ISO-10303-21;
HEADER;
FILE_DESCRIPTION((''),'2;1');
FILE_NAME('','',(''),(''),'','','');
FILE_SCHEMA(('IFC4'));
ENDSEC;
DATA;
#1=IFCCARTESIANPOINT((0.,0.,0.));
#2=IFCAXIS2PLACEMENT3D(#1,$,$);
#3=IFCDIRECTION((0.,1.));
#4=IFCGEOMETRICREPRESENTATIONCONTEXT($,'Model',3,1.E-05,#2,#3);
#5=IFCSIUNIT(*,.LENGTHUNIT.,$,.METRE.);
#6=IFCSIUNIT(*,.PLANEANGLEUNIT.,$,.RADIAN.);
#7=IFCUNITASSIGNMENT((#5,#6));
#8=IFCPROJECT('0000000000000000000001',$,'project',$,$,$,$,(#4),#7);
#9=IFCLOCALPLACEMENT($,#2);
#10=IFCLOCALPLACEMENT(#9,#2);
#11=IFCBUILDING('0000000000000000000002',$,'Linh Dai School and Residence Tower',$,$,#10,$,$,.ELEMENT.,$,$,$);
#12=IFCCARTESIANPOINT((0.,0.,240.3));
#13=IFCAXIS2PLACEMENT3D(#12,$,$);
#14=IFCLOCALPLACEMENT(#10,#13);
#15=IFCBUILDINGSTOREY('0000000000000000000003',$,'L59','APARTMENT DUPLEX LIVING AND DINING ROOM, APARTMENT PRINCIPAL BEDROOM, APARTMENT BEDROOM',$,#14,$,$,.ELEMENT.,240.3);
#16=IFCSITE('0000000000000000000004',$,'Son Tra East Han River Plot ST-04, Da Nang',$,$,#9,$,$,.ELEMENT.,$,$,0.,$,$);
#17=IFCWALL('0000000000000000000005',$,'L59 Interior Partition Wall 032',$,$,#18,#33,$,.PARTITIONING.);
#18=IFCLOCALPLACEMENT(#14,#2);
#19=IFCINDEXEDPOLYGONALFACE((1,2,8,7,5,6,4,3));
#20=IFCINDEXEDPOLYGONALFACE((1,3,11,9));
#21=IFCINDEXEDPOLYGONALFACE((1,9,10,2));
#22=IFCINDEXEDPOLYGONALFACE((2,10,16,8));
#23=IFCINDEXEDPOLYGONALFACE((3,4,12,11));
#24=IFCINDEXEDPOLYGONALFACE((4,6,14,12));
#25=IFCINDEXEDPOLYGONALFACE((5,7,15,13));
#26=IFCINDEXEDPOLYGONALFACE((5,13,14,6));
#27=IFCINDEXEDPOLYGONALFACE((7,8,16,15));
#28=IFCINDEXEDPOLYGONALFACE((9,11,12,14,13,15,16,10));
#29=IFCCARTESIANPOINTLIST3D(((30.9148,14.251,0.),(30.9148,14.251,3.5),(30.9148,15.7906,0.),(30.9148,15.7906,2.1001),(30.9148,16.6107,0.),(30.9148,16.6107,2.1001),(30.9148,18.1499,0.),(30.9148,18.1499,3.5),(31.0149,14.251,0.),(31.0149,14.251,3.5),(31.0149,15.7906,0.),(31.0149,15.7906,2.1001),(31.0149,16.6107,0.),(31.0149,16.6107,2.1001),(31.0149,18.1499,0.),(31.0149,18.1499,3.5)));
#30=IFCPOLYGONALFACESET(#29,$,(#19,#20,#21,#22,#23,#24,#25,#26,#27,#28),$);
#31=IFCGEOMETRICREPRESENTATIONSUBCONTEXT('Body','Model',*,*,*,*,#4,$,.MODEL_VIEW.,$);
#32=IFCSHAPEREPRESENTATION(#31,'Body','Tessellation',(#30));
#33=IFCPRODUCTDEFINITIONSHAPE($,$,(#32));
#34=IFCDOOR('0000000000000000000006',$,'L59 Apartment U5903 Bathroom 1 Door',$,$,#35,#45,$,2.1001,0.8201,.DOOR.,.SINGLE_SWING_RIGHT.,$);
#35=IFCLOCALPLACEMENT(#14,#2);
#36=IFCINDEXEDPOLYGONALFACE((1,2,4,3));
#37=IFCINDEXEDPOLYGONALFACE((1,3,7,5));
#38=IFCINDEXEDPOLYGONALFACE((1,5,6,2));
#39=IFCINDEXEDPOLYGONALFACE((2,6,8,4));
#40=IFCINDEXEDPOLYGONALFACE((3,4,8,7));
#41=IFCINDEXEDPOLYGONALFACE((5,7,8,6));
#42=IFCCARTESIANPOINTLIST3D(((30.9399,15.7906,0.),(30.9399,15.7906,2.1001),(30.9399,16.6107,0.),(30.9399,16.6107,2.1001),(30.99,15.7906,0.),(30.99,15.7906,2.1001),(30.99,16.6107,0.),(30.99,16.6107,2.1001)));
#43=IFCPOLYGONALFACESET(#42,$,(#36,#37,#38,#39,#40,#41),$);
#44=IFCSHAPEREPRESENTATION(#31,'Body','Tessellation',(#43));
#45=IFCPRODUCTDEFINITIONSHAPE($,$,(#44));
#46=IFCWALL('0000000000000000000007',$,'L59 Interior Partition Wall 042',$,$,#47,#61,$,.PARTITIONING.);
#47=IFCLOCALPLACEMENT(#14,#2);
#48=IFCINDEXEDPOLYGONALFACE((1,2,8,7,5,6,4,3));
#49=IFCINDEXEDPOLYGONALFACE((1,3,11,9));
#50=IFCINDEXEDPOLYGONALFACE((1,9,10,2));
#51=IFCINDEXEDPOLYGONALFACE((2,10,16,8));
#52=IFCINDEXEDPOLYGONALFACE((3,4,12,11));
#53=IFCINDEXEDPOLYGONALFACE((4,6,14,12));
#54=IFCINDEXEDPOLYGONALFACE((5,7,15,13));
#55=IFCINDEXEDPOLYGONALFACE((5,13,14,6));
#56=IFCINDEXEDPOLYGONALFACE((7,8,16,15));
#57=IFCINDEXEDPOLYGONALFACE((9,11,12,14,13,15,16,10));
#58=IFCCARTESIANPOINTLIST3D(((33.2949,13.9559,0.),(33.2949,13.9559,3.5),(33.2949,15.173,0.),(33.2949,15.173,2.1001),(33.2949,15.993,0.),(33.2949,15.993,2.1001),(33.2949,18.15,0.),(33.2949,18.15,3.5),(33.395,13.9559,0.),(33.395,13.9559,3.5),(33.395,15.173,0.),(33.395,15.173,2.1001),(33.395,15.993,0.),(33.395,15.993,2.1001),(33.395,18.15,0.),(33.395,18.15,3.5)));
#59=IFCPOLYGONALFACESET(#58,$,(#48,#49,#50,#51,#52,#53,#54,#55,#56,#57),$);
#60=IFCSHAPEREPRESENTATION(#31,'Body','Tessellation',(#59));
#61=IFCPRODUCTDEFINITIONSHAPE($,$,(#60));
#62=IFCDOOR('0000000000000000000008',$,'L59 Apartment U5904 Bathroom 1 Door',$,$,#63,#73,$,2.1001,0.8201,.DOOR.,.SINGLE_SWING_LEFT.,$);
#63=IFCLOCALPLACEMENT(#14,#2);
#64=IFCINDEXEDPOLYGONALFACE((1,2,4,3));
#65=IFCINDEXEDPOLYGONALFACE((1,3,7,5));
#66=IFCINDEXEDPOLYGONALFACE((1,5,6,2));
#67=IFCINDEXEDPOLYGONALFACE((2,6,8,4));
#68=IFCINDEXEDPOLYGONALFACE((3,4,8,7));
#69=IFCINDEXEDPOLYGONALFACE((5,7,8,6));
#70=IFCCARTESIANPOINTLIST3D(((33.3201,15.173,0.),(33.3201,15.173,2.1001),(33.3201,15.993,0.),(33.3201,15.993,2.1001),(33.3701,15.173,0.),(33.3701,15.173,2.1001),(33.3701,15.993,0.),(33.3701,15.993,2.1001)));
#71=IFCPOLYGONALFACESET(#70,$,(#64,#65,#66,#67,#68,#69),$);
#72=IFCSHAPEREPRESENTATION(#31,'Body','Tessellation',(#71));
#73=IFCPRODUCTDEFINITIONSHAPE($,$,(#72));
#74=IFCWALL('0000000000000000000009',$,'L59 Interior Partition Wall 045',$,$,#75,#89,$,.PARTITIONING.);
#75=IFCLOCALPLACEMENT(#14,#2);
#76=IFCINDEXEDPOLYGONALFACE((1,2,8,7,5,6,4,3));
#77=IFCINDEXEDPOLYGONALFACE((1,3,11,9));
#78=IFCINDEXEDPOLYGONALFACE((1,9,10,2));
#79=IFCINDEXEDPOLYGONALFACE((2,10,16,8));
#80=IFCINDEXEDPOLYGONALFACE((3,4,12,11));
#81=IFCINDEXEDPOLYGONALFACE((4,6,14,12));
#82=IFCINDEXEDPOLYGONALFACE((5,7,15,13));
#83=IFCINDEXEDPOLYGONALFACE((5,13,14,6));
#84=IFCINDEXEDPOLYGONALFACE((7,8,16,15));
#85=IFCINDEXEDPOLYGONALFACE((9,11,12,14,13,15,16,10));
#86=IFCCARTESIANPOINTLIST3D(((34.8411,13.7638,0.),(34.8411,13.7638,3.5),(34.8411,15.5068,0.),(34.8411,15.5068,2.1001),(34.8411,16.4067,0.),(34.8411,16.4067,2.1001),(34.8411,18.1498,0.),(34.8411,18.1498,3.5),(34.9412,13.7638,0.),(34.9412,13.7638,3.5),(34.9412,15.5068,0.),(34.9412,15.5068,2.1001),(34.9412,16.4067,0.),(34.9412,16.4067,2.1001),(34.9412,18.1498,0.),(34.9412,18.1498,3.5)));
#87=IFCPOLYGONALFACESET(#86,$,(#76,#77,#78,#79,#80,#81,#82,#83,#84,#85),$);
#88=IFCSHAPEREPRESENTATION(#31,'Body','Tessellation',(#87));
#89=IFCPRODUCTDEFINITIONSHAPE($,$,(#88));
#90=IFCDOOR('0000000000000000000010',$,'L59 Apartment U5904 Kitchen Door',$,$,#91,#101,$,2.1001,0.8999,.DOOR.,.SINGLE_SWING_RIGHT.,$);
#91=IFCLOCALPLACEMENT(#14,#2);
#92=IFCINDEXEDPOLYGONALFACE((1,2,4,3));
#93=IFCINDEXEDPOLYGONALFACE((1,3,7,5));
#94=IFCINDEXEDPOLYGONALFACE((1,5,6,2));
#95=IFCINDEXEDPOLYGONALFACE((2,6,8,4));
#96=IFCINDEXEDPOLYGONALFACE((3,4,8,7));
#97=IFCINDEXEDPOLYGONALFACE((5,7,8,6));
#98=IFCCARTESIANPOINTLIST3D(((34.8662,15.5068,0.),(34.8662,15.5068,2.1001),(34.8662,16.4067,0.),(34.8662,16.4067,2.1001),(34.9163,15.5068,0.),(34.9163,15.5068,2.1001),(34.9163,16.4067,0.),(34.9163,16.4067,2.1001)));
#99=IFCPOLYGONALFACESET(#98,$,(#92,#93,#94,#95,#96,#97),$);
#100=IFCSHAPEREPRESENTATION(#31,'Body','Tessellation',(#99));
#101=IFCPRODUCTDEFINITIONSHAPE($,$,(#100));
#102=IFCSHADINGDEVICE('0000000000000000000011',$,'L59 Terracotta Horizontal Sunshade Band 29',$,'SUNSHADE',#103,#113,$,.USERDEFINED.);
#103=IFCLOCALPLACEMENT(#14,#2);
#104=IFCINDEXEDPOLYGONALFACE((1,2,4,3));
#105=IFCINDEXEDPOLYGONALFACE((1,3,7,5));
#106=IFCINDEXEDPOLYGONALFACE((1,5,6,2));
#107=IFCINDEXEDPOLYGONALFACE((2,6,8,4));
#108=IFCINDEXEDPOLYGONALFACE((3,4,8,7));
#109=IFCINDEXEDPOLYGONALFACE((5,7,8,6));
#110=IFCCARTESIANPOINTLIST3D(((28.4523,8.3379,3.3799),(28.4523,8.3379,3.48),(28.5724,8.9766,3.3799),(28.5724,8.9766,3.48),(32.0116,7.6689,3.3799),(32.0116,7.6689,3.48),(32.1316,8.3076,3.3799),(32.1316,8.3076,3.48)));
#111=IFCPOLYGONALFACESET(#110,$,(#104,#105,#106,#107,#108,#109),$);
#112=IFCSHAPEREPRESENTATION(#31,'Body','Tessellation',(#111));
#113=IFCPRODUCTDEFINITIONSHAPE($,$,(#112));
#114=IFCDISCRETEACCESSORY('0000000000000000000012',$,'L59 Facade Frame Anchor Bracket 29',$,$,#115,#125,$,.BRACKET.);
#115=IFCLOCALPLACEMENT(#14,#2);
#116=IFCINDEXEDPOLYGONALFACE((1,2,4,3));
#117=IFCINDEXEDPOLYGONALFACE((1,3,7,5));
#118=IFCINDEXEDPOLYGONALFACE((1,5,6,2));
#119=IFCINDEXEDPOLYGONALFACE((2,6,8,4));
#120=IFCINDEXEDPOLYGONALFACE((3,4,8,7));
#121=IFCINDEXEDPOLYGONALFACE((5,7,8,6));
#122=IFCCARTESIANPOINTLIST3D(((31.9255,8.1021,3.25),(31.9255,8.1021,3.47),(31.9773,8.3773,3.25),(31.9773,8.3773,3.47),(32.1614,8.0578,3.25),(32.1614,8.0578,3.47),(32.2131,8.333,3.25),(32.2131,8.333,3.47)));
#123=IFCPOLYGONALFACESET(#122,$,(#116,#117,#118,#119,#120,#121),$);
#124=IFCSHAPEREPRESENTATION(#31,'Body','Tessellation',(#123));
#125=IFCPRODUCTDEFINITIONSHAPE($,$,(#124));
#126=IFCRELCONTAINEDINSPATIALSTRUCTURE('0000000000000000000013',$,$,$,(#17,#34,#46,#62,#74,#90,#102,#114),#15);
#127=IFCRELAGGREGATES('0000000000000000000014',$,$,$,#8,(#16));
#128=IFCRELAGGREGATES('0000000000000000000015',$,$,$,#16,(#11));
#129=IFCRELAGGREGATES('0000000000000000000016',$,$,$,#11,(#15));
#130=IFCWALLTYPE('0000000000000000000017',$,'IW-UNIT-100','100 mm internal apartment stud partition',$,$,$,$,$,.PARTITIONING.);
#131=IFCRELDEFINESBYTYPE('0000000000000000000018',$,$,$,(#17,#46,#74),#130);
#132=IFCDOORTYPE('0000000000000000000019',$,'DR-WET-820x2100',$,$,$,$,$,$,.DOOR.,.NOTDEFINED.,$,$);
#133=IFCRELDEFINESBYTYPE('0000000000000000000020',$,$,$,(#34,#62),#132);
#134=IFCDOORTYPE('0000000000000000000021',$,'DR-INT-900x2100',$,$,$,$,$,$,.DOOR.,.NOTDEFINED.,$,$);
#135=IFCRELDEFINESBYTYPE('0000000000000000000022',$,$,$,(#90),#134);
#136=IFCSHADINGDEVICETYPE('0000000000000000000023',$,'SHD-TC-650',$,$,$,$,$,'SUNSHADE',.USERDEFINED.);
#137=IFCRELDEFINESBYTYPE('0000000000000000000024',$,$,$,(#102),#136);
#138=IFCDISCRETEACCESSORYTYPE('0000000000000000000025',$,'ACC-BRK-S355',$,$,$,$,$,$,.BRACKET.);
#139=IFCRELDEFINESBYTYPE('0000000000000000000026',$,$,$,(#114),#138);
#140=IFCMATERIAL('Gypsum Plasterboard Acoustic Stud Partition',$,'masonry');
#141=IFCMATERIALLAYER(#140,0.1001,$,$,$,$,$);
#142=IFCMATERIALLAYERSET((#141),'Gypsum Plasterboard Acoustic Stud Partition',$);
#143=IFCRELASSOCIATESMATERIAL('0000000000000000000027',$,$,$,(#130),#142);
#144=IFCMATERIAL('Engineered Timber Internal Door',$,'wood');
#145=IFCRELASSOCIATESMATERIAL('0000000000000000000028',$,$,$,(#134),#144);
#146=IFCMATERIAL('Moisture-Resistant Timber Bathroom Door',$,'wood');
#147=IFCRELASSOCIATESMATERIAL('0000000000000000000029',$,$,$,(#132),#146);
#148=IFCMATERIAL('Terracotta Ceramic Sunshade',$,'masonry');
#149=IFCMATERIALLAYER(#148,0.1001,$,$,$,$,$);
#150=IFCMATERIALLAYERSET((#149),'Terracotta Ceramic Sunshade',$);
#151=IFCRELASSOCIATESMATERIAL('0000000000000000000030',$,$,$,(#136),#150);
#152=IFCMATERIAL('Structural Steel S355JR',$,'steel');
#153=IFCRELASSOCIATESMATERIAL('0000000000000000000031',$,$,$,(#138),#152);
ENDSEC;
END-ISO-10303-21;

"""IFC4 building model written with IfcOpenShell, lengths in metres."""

from ifc_helpers import new_model, si_unit, direction, frame, frame_2d, origin, origin_2d, place, context, subcontext, project, spatial, rectangle, extrude, source, transform, mapped, material, layer, layer_set, type_object, element, fill, save


model = new_model("IFC4")

# Units and contexts
model_context = context("Model", 3, precision=1e-05, world=origin(), true_north=direction((0.0, 1.0)))
body_context = subcontext(model_context, "Body", "Model", "MODEL_VIEW")
ifc_project = project(units=[si_unit("LENGTHUNIT", "METRE"), si_unit("PLANEANGLEUNIT", "RADIAN")], contexts=[model_context])

# Site, building, storey
site_placement = place(None, origin())
site = spatial("IfcSite", under=ifc_project, at=site_placement, Name="Son Tra East Han River Plot ST-04, Da Nang", CompositionType="ELEMENT", RefElevation=0.0)
building_placement = place(site_placement, origin())
building = spatial("IfcBuilding", under=site, at=building_placement, Name="Linh Dai School and Residence Tower", CompositionType="ELEMENT")
storey_placement = place(building_placement, frame((0.0, 0.0, 240.3)))
storey = spatial("IfcBuildingStorey", under=building, at=storey_placement, Name="L59", Description="APARTMENT DUPLEX LIVING AND DINING ROOM, APARTMENT PRINCIPAL BEDROOM, APARTMENT BEDROOM", CompositionType="ELEMENT", Elevation=240.3)

# Shared definitions
ifc_material_1 = material(Name="Structural Steel S355JR", Category="steel")

# Shared definitions
ifc_material_2 = material(Name="Gypsum Plasterboard Acoustic Stud Partition", Category="masonry")
ifc_layer_1 = layer(ifc_material_2, 0.1001)
ifc_layer_set_1 = layer_set([ifc_layer_1], Name="Gypsum Plasterboard Acoustic Stud Partition")
wall_type_1 = type_object("IfcWallType", Name="IW-UNIT-100", Description="100 mm internal apartment stud partition", PredefinedType="PARTITIONING", material=ifc_layer_set_1)

# Shared definitions
ifc_material_3 = material(Name="Engineered Timber Internal Door", Category="wood")
door_type_1 = type_object("IfcDoorType", Name="DR-INT-900x2100", OperationType="NOTDEFINED", PredefinedType="DOOR", material=ifc_material_3)
shared_shape_1 = source(origin(), body_context, "Body", "SweptSolid", [
    extrude(rectangle(XDim=0.8999, YDim=2.1001, at=origin_2d()), frame((0.45, 0.0249, 1.05), z_axis=(0.0, -1.0, 0.0), x_axis=(1.0, 0.0, 0.0)), (0.0, 0.0, 1.0), 0.05),
])

# Walls, openings, doors
wall_1_placement = place(storey_placement, frame((30.9648, 14.251, 0.0), z_axis=(0.0, 0.0, 1.0), x_axis=(0.0, 1.0, 0.0)))
wall_1 = element("IfcWall", 1, at=wall_1_placement, inside=storey, type_object=wall_type_1, Name="L59 Interior Partition Wall 032", PredefinedType="PARTITIONING", context=body_context, shape_type="SweptSolid", body=[
    extrude(rectangle(XDim=3.8989, YDim=0.1001, at=frame_2d((1.9495, 0.0))), origin(), (0.0, 0.0, 1.0), 3.5),
])
opening_1_placement = place(wall_1_placement, frame((1.5396, 0.0, 0.0)))
opening_1 = element("IfcOpeningElement", 2, at=opening_1_placement, cuts=wall_1, PredefinedType="OPENING", context=body_context, shape_type="SweptSolid", body=[
    extrude(rectangle(XDim=0.8201, YDim=2.1001, at=origin_2d()), frame((0.4102, 0.0601, 1.05), z_axis=(0.0, -1.0, 0.0), x_axis=(1.0, 0.0, 0.0)), (0.0, 0.0, 1.0), 0.1201),
])
ifc_material_4 = material(Name="Moisture-Resistant Timber Bathroom Door", Category="wood")
door_type_2 = type_object("IfcDoorType", Name="DR-WET-820x2100", OperationType="NOTDEFINED", PredefinedType="DOOR", material=ifc_material_4)
shared_shape_2 = source(origin(), body_context, "Body", "SweptSolid", [
    extrude(rectangle(XDim=0.8201, YDim=2.1001, at=origin_2d()), frame((0.4102, 0.0249, 1.05), z_axis=(0.0, -1.0, 0.0), x_axis=(1.0, 0.0, 0.0)), (0.0, 0.0, 1.0), 0.05),
])
door_1_placement = place(opening_1_placement, origin())
door_1 = element("IfcDoor", 3, at=door_1_placement, inside=storey, type_object=door_type_2, Name="L59 Apartment U5903 Bathroom 1 Door", OperationType="SINGLE_SWING_RIGHT", OverallHeight=2.1001, OverallWidth=0.8201, PredefinedType="DOOR", context=body_context, shape_type="MappedRepresentation", body=[
    mapped(shared_shape_2, transform((0.0, 0.0, 0.0), x_axis=(1.0, 0.0, 0.0), y_axis=(0.0, 1.0, 0.0), z_axis=(0.0, 0.0, 1.0), scale=1.0)),
])
fill(opening_1, door_1)
wall_2_placement = place(storey_placement, frame((33.345, 13.9558, 0.0), z_axis=(0.0, 0.0, 1.0), x_axis=(0.0, 1.0, 0.0)))
wall_2 = element("IfcWall", 4, at=wall_2_placement, inside=storey, type_object=wall_type_1, Name="L59 Interior Partition Wall 042", PredefinedType="PARTITIONING", context=body_context, shape_type="SweptSolid", body=[
    extrude(rectangle(XDim=4.1941, YDim=0.1001, at=frame_2d((2.0972, 0.0))), origin(), (0.0, 0.0, 1.0), 3.5),
])
opening_2_placement = place(wall_2_placement, frame((1.217, 0.0, 0.0)))
opening_2 = element("IfcOpeningElement", 5, at=opening_2_placement, cuts=wall_2, PredefinedType="OPENING", context=body_context, shape_type="SweptSolid", body=[
    extrude(rectangle(XDim=0.8201, YDim=2.1001, at=origin_2d()), frame((0.4102, 0.0601, 1.05), z_axis=(0.0, -1.0, 0.0), x_axis=(1.0, 0.0, 0.0)), (0.0, 0.0, 1.0), 0.1201),
])
door_2_placement = place(opening_2_placement, origin())
door_2 = element("IfcDoor", 6, at=door_2_placement, inside=storey, type_object=door_type_2, Name="L59 Apartment U5904 Bathroom 1 Door", OperationType="SINGLE_SWING_LEFT", OverallHeight=2.1001, OverallWidth=0.8201, PredefinedType="DOOR", context=body_context, shape_type="MappedRepresentation", body=[
    mapped(shared_shape_2, transform((0.0, 0.0, 0.0), x_axis=(1.0, 0.0, 0.0), y_axis=(0.0, 1.0, 0.0), z_axis=(0.0, 0.0, 1.0), scale=1.0)),
])
fill(opening_2, door_2)
wall_3_placement = place(storey_placement, frame((34.8911, 13.7639, 0.0), z_axis=(0.0, 0.0, 1.0), x_axis=(0.0, 1.0, 0.0)))
wall_3 = element("IfcWall", 7, at=wall_3_placement, inside=storey, type_object=wall_type_1, Name="L59 Interior Partition Wall 045", PredefinedType="PARTITIONING", context=body_context, shape_type="SweptSolid", body=[
    extrude(rectangle(XDim=4.386, YDim=0.1001, at=frame_2d((2.1929, 0.0))), origin(), (0.0, 0.0, 1.0), 3.5),
])
opening_3_placement = place(wall_3_placement, frame((1.7429, 0.0, 0.0)))
opening_3 = element("IfcOpeningElement", 8, at=opening_3_placement, cuts=wall_3, PredefinedType="OPENING", context=body_context, shape_type="SweptSolid", body=[
    extrude(rectangle(XDim=0.8999, YDim=2.1001, at=origin_2d()), frame((0.45, 0.0601, 1.05), z_axis=(0.0, -1.0, 0.0), x_axis=(1.0, 0.0, 0.0)), (0.0, 0.0, 1.0), 0.1201),
])
door_3_placement = place(opening_3_placement, origin())
door_3 = element("IfcDoor", 9, at=door_3_placement, inside=storey, type_object=door_type_1, Name="L59 Apartment U5904 Kitchen Door", OperationType="SINGLE_SWING_RIGHT", OverallHeight=2.1001, OverallWidth=0.8999, PredefinedType="DOOR", context=body_context, shape_type="MappedRepresentation", body=[
    mapped(shared_shape_1, transform((0.0, 0.0, 0.0), x_axis=(1.0, 0.0, 0.0), y_axis=(0.0, 1.0, 0.0), z_axis=(0.0, 0.0, 1.0), scale=1.0)),
])
fill(opening_3, door_3)

# Shading device
ifc_material_5 = material(Name="Terracotta Ceramic Sunshade", Category="masonry")
ifc_layer_2 = layer(ifc_material_5, 0.1001)
ifc_layer_set_2 = layer_set([ifc_layer_2], Name="Terracotta Ceramic Sunshade")
shading_device_type = type_object("IfcShadingDeviceType", Name="SHD-TC-650", ElementType="SUNSHADE", PredefinedType="USERDEFINED", material=ifc_layer_set_2)
shared_shape_3 = source(origin(), body_context, "Body", "SweptSolid", [
    extrude(rectangle(XDim=3.6216, YDim=0.6499, at=origin_2d()), origin(), (0.0, 0.0, 1.0), 0.1001),
])
shading_device_placement = place(storey_placement, frame((30.292, 8.3228, 3.3799), z_axis=(0.0, 0.0, 1.0), x_axis=(-0.982787, 0.184744, 0.0)))
element("IfcShadingDevice", 10, at=shading_device_placement, inside=storey, type_object=shading_device_type, Name="L59 Terracotta Horizontal Sunshade Band 29", ObjectType="SUNSHADE", PredefinedType="USERDEFINED", context=body_context, shape_type="MappedRepresentation", body=[
    mapped(shared_shape_3, transform((0.0, 0.0, 0.0), x_axis=(1.0, 0.0, 0.0), y_axis=(0.0, 1.0, 0.0), z_axis=(0.0, 0.0, 1.0), scale=1.0)),
])

# Discrete accessory
discrete_accessory_type = type_object("IfcDiscreteAccessoryType", Name="ACC-BRK-S355", PredefinedType="BRACKET", material=ifc_material_1)
shared_shape_4 = source(origin(), body_context, "Body", "SweptSolid", [
    extrude(rectangle(XDim=0.28, YDim=0.24, at=origin_2d()), origin(), (0.0, 0.0, 1.0), 0.22),
])
discrete_accessory_placement = place(storey_placement, frame((32.0693, 8.2175, 3.25), z_axis=(0.0, 0.0, 1.0), x_axis=(-0.184744, -0.982787, 0.0)))
element("IfcDiscreteAccessory", 11, at=discrete_accessory_placement, inside=storey, type_object=discrete_accessory_type, Name="L59 Facade Frame Anchor Bracket 29", PredefinedType="BRACKET", context=body_context, shape_type="MappedRepresentation", body=[
    mapped(shared_shape_4, transform((0.0, 0.0, 0.0), x_axis=(1.0, 0.0, 0.0), y_axis=(0.0, 1.0, 0.0), z_axis=(0.0, 0.0, 1.0), scale=1.0)),
])

save(model, "model.ifc")
